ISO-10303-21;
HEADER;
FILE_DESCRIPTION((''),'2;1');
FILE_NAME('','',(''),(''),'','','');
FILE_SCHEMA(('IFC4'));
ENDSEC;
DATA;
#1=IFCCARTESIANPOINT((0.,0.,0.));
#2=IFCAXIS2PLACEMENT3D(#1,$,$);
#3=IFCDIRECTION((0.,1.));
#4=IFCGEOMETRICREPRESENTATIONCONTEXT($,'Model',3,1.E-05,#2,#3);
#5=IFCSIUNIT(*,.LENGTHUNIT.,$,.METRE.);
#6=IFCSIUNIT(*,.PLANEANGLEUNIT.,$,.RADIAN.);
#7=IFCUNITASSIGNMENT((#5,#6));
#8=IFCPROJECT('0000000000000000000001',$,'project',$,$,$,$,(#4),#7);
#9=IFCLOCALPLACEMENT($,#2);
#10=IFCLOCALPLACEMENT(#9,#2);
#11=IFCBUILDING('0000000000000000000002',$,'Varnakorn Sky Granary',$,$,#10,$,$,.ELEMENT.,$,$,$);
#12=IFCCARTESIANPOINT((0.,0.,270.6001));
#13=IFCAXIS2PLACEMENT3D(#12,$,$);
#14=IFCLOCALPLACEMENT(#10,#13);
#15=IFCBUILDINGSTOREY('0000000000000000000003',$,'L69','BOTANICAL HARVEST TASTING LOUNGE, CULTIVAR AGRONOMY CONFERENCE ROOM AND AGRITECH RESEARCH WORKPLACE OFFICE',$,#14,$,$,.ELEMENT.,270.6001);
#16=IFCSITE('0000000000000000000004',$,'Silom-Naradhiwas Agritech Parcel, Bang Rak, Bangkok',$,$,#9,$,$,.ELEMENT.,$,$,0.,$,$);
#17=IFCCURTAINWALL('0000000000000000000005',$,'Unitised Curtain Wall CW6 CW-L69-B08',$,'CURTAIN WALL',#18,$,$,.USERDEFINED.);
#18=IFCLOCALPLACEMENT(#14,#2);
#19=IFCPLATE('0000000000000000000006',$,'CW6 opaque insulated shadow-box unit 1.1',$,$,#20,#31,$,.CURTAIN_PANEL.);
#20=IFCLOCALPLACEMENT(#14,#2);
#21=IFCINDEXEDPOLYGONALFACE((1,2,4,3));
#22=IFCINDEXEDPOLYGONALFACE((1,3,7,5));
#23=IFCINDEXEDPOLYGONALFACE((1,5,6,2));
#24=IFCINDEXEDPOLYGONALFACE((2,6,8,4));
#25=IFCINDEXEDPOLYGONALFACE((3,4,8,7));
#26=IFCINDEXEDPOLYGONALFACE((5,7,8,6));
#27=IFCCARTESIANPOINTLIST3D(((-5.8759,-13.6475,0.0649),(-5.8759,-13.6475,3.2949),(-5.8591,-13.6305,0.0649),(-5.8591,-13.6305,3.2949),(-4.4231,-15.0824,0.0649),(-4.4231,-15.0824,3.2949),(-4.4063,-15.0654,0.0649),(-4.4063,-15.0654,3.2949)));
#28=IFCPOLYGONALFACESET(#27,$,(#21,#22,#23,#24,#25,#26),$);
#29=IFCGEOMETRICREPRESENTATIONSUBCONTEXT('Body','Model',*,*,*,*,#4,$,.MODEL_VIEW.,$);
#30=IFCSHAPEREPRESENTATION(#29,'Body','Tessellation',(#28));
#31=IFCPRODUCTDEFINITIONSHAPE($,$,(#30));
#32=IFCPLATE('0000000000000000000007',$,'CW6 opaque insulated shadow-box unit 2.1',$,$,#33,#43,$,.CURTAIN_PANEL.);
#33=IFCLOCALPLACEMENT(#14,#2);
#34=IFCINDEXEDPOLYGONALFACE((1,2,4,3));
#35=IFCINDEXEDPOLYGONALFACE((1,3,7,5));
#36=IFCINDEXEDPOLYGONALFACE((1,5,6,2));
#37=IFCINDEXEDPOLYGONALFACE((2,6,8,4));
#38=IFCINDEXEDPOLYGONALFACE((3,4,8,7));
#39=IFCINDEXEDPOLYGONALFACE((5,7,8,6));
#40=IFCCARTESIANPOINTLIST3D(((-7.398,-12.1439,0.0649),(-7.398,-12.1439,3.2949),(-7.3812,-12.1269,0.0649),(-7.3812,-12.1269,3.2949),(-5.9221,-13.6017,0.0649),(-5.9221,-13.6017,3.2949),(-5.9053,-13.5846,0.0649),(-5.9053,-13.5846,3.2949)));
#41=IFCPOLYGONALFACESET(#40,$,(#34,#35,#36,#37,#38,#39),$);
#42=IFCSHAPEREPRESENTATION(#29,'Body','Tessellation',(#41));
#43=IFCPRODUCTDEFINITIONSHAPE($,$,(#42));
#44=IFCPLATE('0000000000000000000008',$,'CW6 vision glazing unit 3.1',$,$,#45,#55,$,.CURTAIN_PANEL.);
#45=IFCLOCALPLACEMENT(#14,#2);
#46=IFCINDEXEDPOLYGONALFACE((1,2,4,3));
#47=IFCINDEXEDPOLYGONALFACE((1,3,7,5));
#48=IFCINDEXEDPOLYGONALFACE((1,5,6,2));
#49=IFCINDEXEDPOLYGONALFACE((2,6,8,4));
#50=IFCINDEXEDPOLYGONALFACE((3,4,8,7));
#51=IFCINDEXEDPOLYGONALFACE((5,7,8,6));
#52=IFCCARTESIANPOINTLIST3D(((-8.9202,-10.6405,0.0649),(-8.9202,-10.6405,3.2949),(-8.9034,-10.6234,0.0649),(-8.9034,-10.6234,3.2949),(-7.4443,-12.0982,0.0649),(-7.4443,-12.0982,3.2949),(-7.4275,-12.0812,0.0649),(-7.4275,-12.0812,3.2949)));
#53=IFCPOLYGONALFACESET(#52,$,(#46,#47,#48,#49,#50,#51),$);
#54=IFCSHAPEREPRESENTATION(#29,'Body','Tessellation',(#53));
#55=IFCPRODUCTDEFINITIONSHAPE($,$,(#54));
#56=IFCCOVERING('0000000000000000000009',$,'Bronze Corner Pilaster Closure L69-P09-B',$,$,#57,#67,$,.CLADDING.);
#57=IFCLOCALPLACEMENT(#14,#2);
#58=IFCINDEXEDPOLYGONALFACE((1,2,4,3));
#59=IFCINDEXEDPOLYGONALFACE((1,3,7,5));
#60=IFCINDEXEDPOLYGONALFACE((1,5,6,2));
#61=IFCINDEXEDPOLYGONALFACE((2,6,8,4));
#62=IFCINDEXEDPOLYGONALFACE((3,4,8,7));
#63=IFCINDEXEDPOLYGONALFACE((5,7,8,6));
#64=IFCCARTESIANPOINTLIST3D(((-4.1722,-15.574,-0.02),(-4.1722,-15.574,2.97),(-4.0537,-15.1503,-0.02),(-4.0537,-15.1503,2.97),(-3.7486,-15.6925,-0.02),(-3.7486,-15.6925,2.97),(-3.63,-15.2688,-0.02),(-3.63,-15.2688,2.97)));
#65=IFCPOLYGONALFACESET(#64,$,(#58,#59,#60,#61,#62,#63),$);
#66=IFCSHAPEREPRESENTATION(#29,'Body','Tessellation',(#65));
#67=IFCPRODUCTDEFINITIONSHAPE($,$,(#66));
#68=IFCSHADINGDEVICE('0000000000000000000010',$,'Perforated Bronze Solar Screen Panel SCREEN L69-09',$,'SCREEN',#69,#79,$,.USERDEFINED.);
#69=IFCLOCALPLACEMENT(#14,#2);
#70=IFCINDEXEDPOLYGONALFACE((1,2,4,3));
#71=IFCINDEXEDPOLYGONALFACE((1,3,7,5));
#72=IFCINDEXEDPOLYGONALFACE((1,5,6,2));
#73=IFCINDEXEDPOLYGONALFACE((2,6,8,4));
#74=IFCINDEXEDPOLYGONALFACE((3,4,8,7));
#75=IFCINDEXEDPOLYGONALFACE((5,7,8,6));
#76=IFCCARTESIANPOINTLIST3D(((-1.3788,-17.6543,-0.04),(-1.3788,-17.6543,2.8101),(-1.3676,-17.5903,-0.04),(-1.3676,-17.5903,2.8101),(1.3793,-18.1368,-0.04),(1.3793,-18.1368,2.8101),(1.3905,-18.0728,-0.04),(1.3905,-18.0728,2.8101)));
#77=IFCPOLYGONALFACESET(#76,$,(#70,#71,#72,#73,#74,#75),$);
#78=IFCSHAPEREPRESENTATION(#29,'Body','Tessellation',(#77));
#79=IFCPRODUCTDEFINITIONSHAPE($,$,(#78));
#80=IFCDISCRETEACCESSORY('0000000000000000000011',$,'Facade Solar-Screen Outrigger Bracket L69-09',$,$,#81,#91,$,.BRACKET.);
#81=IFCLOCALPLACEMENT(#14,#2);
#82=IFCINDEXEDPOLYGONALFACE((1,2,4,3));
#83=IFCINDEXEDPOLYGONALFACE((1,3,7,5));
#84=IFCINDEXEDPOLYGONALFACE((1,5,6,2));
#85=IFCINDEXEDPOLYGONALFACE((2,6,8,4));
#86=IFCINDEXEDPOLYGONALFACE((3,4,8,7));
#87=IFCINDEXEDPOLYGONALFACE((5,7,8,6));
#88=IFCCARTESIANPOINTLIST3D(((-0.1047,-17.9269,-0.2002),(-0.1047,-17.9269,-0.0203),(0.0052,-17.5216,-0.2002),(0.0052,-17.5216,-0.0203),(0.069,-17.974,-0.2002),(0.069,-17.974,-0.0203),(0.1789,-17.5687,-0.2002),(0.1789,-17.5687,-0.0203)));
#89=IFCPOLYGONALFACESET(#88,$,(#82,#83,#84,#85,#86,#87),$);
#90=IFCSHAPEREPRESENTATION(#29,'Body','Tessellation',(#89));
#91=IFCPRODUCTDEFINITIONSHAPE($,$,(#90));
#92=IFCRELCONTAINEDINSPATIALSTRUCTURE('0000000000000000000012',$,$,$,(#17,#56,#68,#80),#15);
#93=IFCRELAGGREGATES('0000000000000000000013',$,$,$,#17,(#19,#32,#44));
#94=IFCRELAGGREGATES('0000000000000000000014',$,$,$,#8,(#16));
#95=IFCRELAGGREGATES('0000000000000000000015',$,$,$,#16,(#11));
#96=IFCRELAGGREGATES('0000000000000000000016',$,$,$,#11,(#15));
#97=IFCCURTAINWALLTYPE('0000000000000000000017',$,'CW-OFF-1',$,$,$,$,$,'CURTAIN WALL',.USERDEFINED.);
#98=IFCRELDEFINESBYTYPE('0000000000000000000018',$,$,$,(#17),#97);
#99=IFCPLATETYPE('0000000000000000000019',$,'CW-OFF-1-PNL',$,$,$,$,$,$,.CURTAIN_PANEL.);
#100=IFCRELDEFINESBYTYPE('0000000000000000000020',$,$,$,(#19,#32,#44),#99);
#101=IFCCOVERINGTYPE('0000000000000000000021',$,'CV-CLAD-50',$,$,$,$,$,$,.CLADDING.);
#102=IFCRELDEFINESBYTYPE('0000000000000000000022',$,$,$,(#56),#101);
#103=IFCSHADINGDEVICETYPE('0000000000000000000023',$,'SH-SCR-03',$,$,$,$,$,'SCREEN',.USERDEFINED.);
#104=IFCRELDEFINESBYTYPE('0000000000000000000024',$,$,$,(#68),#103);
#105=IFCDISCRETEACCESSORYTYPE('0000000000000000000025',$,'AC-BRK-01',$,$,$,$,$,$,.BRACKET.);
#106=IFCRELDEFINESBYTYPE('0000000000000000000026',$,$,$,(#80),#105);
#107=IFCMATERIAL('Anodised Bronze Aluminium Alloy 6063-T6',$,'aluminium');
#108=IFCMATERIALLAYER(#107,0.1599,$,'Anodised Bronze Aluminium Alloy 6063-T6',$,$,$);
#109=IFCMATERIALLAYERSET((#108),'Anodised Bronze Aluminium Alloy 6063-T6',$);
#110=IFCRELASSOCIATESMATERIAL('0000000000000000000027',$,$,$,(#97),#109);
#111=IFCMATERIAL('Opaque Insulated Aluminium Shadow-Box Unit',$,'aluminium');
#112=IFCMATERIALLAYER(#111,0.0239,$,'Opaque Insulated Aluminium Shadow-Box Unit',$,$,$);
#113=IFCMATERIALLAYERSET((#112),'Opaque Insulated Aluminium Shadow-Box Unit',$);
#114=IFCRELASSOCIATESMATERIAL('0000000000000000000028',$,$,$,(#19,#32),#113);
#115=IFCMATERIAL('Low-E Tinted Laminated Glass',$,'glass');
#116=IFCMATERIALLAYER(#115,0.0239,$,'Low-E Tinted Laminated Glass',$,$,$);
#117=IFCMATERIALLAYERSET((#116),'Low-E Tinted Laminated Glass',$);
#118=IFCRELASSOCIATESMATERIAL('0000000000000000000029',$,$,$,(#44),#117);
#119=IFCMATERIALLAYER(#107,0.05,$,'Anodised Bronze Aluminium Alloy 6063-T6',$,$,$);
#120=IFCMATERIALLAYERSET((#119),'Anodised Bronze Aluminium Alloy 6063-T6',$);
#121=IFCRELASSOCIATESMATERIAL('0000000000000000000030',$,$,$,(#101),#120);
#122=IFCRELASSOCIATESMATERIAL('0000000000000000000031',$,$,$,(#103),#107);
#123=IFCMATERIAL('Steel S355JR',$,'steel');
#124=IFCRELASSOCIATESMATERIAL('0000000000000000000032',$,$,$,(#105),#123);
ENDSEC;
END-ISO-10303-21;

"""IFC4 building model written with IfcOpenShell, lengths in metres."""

from ifc_helpers import new_model, si_unit, direction, frame, origin, origin_2d, place, context, subcontext, project, spatial, rectangle, extrude, source, transform, mapped, material, layer, layer_set, type_object, type_shapes, element, aggregate, save


model = new_model("IFC4")

# Units and contexts
model_context = context("Model", 3, precision=1e-05, world=origin(), true_north=direction((0.0, 1.0)))
body_context = subcontext(model_context, "Body", "Model", "MODEL_VIEW")
ifc_project = project(units=[si_unit("LENGTHUNIT", "METRE"), si_unit("PLANEANGLEUNIT", "RADIAN")], contexts=[model_context])

# Site, building, storey
site_placement = place(None, origin())
site = spatial("IfcSite", under=ifc_project, at=site_placement, Name="Silom-Naradhiwas Agritech Parcel, Bang Rak, Bangkok", CompositionType="ELEMENT", RefElevation=0.0)
building_placement = place(site_placement, origin())
building = spatial("IfcBuilding", under=site, at=building_placement, Name="Varnakorn Sky Granary", CompositionType="ELEMENT")
storey_placement = place(building_placement, frame((0.0, 0.0, 270.6001)))
storey = spatial("IfcBuildingStorey", under=building, at=storey_placement, Name="L69", Description="BOTANICAL HARVEST TASTING LOUNGE, CULTIVAR AGRONOMY CONFERENCE ROOM AND AGRITECH RESEARCH WORKPLACE OFFICE", CompositionType="ELEMENT", Elevation=270.6001)

# Shared definitions
ifc_material_1 = material(Name="Steel S355JR", Category="steel")

# Curtain wall
ifc_material_2 = material(Name="Anodised Bronze Aluminium Alloy 6063-T6", Category="aluminium")
ifc_layer_1 = layer(ifc_material_2, 0.1599, Name="Anodised Bronze Aluminium Alloy 6063-T6")
ifc_layer_set_1 = layer_set([ifc_layer_1], Name="Anodised Bronze Aluminium Alloy 6063-T6")
curtain_wall_type = type_object("IfcCurtainWallType", Name="CW-OFF-1", ElementType="CURTAIN WALL", PredefinedType="USERDEFINED", material=ifc_layer_set_1)
curtain_wall_placement = place(storey_placement, origin())
curtain_wall = element("IfcCurtainWall", 1, at=curtain_wall_placement, inside=storey, type_object=curtain_wall_type, Name="Unitised Curtain Wall CW6 CW-L69-B08", ObjectType="CURTAIN WALL", PredefinedType="USERDEFINED")

# Plates
ifc_material_3 = material(Name="Opaque Insulated Aluminium Shadow-Box Unit", Category="aluminium")
ifc_layer_2 = layer(ifc_material_3, 0.0239, Name="Opaque Insulated Aluminium Shadow-Box Unit")
ifc_layer_set_2 = layer_set([ifc_layer_2], Name="Opaque Insulated Aluminium Shadow-Box Unit")
plate_type_1 = type_object("IfcPlateType", Name="CW-OFF-1-PNL", PredefinedType="CURTAIN_PANEL")
shared_shape_1 = source(origin(), body_context, "Body", "SweptSolid", [
    extrude(rectangle(XDim=2.042, YDim=0.0239, at=origin_2d()), origin(), (0.0, 0.0, 1.0), 3.23),
])
plate_1_placement = place(storey_placement, frame((-5.1411, -14.3564, 0.0649), z_axis=(0.0, 0.0, 1.0), x_axis=(-0.711458, 0.702729, 0.0)))
plate_1 = element("IfcPlate", 2, at=plate_1_placement, type_object=plate_type_1, material=ifc_layer_set_2, Name="CW6 opaque insulated shadow-box unit 1.1", PredefinedType="CURTAIN_PANEL", context=body_context, shape_type="MappedRepresentation", body=[
    mapped(shared_shape_1, transform((0.0, 0.0, 0.0), x_axis=(1.0, 0.0, 0.0), y_axis=(0.0, 1.0, 0.0), z_axis=(0.0, 0.0, 1.0), scale=1.0)),
])
shared_shape_2 = source(origin(), body_context, "Body", "SweptSolid", [
    extrude(rectangle(XDim=2.0745, YDim=0.0239, at=origin_2d()), origin(), (0.0, 0.0, 1.0), 3.23),
])
type_shapes(plate_type_1, [shared_shape_1, shared_shape_2])
plate_2_placement = place(storey_placement, frame((-6.6516, -12.8643, 0.0649), z_axis=(0.0, 0.0, 1.0), x_axis=(-0.711458, 0.702729, 0.0)))
plate_2 = element("IfcPlate", 3, at=plate_2_placement, type_object=plate_type_1, material=ifc_layer_set_2, Name="CW6 opaque insulated shadow-box unit 2.1", PredefinedType="CURTAIN_PANEL", context=body_context, shape_type="MappedRepresentation", body=[
    mapped(shared_shape_2, transform((0.0, 0.0, 0.0), x_axis=(1.0, 0.0, 0.0), y_axis=(0.0, 1.0, 0.0), z_axis=(0.0, 0.0, 1.0), scale=1.0)),
])
ifc_material_4 = material(Name="Low-E Tinted Laminated Glass", Category="glass")
ifc_layer_3 = layer(ifc_material_4, 0.0239, Name="Low-E Tinted Laminated Glass")
ifc_layer_set_3 = layer_set([ifc_layer_3], Name="Low-E Tinted Laminated Glass")
plate_3_placement = place(storey_placement, frame((-8.1738, -11.3608, 0.0649), z_axis=(0.0, 0.0, 1.0), x_axis=(-0.711458, 0.702729, 0.0)))
plate_3 = element("IfcPlate", 4, at=plate_3_placement, type_object=plate_type_1, material=ifc_layer_set_3, Name="CW6 vision glazing unit 3.1", PredefinedType="CURTAIN_PANEL", context=body_context, shape_type="MappedRepresentation", body=[
    mapped(shared_shape_2, transform((0.0, 0.0, 0.0), x_axis=(1.0, 0.0, 0.0), y_axis=(0.0, 1.0, 0.0), z_axis=(0.0, 0.0, 1.0), scale=1.0)),
])
aggregate(curtain_wall, [plate_1, plate_2, plate_3])

# Covering
ifc_layer_4 = layer(ifc_material_2, 0.05, Name="Anodised Bronze Aluminium Alloy 6063-T6")
ifc_layer_set_4 = layer_set([ifc_layer_4], Name="Anodised Bronze Aluminium Alloy 6063-T6")
covering_type = type_object("IfcCoveringType", Name="CV-CLAD-50", PredefinedType="CLADDING", material=ifc_layer_set_4)
shared_shape_3 = source(origin(), body_context, "Body", "SweptSolid", [
    extrude(rectangle(XDim=0.4399, YDim=0.4399, at=origin_2d()), origin(), (0.0, 0.0, 1.0), 2.99),
])
type_shapes(covering_type, [shared_shape_3])
covering_placement = place(storey_placement, frame((-3.9011, -15.4214, -0.02), z_axis=(0.0, 0.0, 1.0), x_axis=(-0.963022, 0.269424, 0.0)))
element("IfcCovering", 5, at=covering_placement, inside=storey, type_object=covering_type, Name="Bronze Corner Pilaster Closure L69-P09-B", PredefinedType="CLADDING", context=body_context, shape_type="MappedRepresentation", body=[
    mapped(shared_shape_3, transform((0.0, 0.0, 0.0), x_axis=(1.0, 0.0, 0.0), y_axis=(0.0, 1.0, 0.0), z_axis=(0.0, 0.0, 1.0), scale=1.0)),
])

# Shading device
shading_device_type = type_object("IfcShadingDeviceType", Name="SH-SCR-03", ElementType="SCREEN", PredefinedType="USERDEFINED", material=ifc_material_2)
shared_shape_4 = source(origin(), body_context, "Body", "SweptSolid", [
    extrude(rectangle(XDim=2.8, YDim=0.0649, at=origin_2d()), origin(), (0.0, 0.0, 1.0), 2.8501),
])
type_shapes(shading_device_type, [shared_shape_4])
shading_device_placement = place(storey_placement, frame((0.0059, -17.8635, -0.04), z_axis=(0.0, 0.0, 1.0), x_axis=(0.985042, -0.172315, 0.0)))
element("IfcShadingDevice", 6, at=shading_device_placement, inside=storey, type_object=shading_device_type, Name="Perforated Bronze Solar Screen Panel SCREEN L69-09", ObjectType="SCREEN", PredefinedType="USERDEFINED", context=body_context, shape_type="MappedRepresentation", body=[
    mapped(shared_shape_4, transform((0.0, 0.0, 0.0), x_axis=(1.0, 0.0, 0.0), y_axis=(0.0, 1.0, 0.0), z_axis=(0.0, 0.0, 1.0), scale=1.0)),
])

# Discrete accessory
discrete_accessory_type = type_object("IfcDiscreteAccessoryType", Name="AC-BRK-01", PredefinedType="BRACKET", material=ifc_material_1)
shared_shape_5 = source(origin(), body_context, "Body", "SweptSolid", [
    extrude(rectangle(XDim=0.1799, YDim=0.4199, at=origin_2d()), origin(), (0.0, 0.0, 1.0), 0.1799),
])
type_shapes(discrete_accessory_type, [shared_shape_5])
discrete_accessory_placement = place(storey_placement, frame((0.0371, -17.7478, -0.2002), z_axis=(0.0, 0.0, 1.0), x_axis=(0.965143, -0.261725, 0.0)))
element("IfcDiscreteAccessory", 7, at=discrete_accessory_placement, inside=storey, type_object=discrete_accessory_type, Name="Facade Solar-Screen Outrigger Bracket L69-09", PredefinedType="BRACKET", context=body_context, shape_type="MappedRepresentation", body=[
    mapped(shared_shape_5, transform((0.0, 0.0, 0.0), x_axis=(1.0, 0.0, 0.0), y_axis=(0.0, 1.0, 0.0), z_axis=(0.0, 0.0, 1.0), scale=1.0)),
])

save(model, "model.ifc")
